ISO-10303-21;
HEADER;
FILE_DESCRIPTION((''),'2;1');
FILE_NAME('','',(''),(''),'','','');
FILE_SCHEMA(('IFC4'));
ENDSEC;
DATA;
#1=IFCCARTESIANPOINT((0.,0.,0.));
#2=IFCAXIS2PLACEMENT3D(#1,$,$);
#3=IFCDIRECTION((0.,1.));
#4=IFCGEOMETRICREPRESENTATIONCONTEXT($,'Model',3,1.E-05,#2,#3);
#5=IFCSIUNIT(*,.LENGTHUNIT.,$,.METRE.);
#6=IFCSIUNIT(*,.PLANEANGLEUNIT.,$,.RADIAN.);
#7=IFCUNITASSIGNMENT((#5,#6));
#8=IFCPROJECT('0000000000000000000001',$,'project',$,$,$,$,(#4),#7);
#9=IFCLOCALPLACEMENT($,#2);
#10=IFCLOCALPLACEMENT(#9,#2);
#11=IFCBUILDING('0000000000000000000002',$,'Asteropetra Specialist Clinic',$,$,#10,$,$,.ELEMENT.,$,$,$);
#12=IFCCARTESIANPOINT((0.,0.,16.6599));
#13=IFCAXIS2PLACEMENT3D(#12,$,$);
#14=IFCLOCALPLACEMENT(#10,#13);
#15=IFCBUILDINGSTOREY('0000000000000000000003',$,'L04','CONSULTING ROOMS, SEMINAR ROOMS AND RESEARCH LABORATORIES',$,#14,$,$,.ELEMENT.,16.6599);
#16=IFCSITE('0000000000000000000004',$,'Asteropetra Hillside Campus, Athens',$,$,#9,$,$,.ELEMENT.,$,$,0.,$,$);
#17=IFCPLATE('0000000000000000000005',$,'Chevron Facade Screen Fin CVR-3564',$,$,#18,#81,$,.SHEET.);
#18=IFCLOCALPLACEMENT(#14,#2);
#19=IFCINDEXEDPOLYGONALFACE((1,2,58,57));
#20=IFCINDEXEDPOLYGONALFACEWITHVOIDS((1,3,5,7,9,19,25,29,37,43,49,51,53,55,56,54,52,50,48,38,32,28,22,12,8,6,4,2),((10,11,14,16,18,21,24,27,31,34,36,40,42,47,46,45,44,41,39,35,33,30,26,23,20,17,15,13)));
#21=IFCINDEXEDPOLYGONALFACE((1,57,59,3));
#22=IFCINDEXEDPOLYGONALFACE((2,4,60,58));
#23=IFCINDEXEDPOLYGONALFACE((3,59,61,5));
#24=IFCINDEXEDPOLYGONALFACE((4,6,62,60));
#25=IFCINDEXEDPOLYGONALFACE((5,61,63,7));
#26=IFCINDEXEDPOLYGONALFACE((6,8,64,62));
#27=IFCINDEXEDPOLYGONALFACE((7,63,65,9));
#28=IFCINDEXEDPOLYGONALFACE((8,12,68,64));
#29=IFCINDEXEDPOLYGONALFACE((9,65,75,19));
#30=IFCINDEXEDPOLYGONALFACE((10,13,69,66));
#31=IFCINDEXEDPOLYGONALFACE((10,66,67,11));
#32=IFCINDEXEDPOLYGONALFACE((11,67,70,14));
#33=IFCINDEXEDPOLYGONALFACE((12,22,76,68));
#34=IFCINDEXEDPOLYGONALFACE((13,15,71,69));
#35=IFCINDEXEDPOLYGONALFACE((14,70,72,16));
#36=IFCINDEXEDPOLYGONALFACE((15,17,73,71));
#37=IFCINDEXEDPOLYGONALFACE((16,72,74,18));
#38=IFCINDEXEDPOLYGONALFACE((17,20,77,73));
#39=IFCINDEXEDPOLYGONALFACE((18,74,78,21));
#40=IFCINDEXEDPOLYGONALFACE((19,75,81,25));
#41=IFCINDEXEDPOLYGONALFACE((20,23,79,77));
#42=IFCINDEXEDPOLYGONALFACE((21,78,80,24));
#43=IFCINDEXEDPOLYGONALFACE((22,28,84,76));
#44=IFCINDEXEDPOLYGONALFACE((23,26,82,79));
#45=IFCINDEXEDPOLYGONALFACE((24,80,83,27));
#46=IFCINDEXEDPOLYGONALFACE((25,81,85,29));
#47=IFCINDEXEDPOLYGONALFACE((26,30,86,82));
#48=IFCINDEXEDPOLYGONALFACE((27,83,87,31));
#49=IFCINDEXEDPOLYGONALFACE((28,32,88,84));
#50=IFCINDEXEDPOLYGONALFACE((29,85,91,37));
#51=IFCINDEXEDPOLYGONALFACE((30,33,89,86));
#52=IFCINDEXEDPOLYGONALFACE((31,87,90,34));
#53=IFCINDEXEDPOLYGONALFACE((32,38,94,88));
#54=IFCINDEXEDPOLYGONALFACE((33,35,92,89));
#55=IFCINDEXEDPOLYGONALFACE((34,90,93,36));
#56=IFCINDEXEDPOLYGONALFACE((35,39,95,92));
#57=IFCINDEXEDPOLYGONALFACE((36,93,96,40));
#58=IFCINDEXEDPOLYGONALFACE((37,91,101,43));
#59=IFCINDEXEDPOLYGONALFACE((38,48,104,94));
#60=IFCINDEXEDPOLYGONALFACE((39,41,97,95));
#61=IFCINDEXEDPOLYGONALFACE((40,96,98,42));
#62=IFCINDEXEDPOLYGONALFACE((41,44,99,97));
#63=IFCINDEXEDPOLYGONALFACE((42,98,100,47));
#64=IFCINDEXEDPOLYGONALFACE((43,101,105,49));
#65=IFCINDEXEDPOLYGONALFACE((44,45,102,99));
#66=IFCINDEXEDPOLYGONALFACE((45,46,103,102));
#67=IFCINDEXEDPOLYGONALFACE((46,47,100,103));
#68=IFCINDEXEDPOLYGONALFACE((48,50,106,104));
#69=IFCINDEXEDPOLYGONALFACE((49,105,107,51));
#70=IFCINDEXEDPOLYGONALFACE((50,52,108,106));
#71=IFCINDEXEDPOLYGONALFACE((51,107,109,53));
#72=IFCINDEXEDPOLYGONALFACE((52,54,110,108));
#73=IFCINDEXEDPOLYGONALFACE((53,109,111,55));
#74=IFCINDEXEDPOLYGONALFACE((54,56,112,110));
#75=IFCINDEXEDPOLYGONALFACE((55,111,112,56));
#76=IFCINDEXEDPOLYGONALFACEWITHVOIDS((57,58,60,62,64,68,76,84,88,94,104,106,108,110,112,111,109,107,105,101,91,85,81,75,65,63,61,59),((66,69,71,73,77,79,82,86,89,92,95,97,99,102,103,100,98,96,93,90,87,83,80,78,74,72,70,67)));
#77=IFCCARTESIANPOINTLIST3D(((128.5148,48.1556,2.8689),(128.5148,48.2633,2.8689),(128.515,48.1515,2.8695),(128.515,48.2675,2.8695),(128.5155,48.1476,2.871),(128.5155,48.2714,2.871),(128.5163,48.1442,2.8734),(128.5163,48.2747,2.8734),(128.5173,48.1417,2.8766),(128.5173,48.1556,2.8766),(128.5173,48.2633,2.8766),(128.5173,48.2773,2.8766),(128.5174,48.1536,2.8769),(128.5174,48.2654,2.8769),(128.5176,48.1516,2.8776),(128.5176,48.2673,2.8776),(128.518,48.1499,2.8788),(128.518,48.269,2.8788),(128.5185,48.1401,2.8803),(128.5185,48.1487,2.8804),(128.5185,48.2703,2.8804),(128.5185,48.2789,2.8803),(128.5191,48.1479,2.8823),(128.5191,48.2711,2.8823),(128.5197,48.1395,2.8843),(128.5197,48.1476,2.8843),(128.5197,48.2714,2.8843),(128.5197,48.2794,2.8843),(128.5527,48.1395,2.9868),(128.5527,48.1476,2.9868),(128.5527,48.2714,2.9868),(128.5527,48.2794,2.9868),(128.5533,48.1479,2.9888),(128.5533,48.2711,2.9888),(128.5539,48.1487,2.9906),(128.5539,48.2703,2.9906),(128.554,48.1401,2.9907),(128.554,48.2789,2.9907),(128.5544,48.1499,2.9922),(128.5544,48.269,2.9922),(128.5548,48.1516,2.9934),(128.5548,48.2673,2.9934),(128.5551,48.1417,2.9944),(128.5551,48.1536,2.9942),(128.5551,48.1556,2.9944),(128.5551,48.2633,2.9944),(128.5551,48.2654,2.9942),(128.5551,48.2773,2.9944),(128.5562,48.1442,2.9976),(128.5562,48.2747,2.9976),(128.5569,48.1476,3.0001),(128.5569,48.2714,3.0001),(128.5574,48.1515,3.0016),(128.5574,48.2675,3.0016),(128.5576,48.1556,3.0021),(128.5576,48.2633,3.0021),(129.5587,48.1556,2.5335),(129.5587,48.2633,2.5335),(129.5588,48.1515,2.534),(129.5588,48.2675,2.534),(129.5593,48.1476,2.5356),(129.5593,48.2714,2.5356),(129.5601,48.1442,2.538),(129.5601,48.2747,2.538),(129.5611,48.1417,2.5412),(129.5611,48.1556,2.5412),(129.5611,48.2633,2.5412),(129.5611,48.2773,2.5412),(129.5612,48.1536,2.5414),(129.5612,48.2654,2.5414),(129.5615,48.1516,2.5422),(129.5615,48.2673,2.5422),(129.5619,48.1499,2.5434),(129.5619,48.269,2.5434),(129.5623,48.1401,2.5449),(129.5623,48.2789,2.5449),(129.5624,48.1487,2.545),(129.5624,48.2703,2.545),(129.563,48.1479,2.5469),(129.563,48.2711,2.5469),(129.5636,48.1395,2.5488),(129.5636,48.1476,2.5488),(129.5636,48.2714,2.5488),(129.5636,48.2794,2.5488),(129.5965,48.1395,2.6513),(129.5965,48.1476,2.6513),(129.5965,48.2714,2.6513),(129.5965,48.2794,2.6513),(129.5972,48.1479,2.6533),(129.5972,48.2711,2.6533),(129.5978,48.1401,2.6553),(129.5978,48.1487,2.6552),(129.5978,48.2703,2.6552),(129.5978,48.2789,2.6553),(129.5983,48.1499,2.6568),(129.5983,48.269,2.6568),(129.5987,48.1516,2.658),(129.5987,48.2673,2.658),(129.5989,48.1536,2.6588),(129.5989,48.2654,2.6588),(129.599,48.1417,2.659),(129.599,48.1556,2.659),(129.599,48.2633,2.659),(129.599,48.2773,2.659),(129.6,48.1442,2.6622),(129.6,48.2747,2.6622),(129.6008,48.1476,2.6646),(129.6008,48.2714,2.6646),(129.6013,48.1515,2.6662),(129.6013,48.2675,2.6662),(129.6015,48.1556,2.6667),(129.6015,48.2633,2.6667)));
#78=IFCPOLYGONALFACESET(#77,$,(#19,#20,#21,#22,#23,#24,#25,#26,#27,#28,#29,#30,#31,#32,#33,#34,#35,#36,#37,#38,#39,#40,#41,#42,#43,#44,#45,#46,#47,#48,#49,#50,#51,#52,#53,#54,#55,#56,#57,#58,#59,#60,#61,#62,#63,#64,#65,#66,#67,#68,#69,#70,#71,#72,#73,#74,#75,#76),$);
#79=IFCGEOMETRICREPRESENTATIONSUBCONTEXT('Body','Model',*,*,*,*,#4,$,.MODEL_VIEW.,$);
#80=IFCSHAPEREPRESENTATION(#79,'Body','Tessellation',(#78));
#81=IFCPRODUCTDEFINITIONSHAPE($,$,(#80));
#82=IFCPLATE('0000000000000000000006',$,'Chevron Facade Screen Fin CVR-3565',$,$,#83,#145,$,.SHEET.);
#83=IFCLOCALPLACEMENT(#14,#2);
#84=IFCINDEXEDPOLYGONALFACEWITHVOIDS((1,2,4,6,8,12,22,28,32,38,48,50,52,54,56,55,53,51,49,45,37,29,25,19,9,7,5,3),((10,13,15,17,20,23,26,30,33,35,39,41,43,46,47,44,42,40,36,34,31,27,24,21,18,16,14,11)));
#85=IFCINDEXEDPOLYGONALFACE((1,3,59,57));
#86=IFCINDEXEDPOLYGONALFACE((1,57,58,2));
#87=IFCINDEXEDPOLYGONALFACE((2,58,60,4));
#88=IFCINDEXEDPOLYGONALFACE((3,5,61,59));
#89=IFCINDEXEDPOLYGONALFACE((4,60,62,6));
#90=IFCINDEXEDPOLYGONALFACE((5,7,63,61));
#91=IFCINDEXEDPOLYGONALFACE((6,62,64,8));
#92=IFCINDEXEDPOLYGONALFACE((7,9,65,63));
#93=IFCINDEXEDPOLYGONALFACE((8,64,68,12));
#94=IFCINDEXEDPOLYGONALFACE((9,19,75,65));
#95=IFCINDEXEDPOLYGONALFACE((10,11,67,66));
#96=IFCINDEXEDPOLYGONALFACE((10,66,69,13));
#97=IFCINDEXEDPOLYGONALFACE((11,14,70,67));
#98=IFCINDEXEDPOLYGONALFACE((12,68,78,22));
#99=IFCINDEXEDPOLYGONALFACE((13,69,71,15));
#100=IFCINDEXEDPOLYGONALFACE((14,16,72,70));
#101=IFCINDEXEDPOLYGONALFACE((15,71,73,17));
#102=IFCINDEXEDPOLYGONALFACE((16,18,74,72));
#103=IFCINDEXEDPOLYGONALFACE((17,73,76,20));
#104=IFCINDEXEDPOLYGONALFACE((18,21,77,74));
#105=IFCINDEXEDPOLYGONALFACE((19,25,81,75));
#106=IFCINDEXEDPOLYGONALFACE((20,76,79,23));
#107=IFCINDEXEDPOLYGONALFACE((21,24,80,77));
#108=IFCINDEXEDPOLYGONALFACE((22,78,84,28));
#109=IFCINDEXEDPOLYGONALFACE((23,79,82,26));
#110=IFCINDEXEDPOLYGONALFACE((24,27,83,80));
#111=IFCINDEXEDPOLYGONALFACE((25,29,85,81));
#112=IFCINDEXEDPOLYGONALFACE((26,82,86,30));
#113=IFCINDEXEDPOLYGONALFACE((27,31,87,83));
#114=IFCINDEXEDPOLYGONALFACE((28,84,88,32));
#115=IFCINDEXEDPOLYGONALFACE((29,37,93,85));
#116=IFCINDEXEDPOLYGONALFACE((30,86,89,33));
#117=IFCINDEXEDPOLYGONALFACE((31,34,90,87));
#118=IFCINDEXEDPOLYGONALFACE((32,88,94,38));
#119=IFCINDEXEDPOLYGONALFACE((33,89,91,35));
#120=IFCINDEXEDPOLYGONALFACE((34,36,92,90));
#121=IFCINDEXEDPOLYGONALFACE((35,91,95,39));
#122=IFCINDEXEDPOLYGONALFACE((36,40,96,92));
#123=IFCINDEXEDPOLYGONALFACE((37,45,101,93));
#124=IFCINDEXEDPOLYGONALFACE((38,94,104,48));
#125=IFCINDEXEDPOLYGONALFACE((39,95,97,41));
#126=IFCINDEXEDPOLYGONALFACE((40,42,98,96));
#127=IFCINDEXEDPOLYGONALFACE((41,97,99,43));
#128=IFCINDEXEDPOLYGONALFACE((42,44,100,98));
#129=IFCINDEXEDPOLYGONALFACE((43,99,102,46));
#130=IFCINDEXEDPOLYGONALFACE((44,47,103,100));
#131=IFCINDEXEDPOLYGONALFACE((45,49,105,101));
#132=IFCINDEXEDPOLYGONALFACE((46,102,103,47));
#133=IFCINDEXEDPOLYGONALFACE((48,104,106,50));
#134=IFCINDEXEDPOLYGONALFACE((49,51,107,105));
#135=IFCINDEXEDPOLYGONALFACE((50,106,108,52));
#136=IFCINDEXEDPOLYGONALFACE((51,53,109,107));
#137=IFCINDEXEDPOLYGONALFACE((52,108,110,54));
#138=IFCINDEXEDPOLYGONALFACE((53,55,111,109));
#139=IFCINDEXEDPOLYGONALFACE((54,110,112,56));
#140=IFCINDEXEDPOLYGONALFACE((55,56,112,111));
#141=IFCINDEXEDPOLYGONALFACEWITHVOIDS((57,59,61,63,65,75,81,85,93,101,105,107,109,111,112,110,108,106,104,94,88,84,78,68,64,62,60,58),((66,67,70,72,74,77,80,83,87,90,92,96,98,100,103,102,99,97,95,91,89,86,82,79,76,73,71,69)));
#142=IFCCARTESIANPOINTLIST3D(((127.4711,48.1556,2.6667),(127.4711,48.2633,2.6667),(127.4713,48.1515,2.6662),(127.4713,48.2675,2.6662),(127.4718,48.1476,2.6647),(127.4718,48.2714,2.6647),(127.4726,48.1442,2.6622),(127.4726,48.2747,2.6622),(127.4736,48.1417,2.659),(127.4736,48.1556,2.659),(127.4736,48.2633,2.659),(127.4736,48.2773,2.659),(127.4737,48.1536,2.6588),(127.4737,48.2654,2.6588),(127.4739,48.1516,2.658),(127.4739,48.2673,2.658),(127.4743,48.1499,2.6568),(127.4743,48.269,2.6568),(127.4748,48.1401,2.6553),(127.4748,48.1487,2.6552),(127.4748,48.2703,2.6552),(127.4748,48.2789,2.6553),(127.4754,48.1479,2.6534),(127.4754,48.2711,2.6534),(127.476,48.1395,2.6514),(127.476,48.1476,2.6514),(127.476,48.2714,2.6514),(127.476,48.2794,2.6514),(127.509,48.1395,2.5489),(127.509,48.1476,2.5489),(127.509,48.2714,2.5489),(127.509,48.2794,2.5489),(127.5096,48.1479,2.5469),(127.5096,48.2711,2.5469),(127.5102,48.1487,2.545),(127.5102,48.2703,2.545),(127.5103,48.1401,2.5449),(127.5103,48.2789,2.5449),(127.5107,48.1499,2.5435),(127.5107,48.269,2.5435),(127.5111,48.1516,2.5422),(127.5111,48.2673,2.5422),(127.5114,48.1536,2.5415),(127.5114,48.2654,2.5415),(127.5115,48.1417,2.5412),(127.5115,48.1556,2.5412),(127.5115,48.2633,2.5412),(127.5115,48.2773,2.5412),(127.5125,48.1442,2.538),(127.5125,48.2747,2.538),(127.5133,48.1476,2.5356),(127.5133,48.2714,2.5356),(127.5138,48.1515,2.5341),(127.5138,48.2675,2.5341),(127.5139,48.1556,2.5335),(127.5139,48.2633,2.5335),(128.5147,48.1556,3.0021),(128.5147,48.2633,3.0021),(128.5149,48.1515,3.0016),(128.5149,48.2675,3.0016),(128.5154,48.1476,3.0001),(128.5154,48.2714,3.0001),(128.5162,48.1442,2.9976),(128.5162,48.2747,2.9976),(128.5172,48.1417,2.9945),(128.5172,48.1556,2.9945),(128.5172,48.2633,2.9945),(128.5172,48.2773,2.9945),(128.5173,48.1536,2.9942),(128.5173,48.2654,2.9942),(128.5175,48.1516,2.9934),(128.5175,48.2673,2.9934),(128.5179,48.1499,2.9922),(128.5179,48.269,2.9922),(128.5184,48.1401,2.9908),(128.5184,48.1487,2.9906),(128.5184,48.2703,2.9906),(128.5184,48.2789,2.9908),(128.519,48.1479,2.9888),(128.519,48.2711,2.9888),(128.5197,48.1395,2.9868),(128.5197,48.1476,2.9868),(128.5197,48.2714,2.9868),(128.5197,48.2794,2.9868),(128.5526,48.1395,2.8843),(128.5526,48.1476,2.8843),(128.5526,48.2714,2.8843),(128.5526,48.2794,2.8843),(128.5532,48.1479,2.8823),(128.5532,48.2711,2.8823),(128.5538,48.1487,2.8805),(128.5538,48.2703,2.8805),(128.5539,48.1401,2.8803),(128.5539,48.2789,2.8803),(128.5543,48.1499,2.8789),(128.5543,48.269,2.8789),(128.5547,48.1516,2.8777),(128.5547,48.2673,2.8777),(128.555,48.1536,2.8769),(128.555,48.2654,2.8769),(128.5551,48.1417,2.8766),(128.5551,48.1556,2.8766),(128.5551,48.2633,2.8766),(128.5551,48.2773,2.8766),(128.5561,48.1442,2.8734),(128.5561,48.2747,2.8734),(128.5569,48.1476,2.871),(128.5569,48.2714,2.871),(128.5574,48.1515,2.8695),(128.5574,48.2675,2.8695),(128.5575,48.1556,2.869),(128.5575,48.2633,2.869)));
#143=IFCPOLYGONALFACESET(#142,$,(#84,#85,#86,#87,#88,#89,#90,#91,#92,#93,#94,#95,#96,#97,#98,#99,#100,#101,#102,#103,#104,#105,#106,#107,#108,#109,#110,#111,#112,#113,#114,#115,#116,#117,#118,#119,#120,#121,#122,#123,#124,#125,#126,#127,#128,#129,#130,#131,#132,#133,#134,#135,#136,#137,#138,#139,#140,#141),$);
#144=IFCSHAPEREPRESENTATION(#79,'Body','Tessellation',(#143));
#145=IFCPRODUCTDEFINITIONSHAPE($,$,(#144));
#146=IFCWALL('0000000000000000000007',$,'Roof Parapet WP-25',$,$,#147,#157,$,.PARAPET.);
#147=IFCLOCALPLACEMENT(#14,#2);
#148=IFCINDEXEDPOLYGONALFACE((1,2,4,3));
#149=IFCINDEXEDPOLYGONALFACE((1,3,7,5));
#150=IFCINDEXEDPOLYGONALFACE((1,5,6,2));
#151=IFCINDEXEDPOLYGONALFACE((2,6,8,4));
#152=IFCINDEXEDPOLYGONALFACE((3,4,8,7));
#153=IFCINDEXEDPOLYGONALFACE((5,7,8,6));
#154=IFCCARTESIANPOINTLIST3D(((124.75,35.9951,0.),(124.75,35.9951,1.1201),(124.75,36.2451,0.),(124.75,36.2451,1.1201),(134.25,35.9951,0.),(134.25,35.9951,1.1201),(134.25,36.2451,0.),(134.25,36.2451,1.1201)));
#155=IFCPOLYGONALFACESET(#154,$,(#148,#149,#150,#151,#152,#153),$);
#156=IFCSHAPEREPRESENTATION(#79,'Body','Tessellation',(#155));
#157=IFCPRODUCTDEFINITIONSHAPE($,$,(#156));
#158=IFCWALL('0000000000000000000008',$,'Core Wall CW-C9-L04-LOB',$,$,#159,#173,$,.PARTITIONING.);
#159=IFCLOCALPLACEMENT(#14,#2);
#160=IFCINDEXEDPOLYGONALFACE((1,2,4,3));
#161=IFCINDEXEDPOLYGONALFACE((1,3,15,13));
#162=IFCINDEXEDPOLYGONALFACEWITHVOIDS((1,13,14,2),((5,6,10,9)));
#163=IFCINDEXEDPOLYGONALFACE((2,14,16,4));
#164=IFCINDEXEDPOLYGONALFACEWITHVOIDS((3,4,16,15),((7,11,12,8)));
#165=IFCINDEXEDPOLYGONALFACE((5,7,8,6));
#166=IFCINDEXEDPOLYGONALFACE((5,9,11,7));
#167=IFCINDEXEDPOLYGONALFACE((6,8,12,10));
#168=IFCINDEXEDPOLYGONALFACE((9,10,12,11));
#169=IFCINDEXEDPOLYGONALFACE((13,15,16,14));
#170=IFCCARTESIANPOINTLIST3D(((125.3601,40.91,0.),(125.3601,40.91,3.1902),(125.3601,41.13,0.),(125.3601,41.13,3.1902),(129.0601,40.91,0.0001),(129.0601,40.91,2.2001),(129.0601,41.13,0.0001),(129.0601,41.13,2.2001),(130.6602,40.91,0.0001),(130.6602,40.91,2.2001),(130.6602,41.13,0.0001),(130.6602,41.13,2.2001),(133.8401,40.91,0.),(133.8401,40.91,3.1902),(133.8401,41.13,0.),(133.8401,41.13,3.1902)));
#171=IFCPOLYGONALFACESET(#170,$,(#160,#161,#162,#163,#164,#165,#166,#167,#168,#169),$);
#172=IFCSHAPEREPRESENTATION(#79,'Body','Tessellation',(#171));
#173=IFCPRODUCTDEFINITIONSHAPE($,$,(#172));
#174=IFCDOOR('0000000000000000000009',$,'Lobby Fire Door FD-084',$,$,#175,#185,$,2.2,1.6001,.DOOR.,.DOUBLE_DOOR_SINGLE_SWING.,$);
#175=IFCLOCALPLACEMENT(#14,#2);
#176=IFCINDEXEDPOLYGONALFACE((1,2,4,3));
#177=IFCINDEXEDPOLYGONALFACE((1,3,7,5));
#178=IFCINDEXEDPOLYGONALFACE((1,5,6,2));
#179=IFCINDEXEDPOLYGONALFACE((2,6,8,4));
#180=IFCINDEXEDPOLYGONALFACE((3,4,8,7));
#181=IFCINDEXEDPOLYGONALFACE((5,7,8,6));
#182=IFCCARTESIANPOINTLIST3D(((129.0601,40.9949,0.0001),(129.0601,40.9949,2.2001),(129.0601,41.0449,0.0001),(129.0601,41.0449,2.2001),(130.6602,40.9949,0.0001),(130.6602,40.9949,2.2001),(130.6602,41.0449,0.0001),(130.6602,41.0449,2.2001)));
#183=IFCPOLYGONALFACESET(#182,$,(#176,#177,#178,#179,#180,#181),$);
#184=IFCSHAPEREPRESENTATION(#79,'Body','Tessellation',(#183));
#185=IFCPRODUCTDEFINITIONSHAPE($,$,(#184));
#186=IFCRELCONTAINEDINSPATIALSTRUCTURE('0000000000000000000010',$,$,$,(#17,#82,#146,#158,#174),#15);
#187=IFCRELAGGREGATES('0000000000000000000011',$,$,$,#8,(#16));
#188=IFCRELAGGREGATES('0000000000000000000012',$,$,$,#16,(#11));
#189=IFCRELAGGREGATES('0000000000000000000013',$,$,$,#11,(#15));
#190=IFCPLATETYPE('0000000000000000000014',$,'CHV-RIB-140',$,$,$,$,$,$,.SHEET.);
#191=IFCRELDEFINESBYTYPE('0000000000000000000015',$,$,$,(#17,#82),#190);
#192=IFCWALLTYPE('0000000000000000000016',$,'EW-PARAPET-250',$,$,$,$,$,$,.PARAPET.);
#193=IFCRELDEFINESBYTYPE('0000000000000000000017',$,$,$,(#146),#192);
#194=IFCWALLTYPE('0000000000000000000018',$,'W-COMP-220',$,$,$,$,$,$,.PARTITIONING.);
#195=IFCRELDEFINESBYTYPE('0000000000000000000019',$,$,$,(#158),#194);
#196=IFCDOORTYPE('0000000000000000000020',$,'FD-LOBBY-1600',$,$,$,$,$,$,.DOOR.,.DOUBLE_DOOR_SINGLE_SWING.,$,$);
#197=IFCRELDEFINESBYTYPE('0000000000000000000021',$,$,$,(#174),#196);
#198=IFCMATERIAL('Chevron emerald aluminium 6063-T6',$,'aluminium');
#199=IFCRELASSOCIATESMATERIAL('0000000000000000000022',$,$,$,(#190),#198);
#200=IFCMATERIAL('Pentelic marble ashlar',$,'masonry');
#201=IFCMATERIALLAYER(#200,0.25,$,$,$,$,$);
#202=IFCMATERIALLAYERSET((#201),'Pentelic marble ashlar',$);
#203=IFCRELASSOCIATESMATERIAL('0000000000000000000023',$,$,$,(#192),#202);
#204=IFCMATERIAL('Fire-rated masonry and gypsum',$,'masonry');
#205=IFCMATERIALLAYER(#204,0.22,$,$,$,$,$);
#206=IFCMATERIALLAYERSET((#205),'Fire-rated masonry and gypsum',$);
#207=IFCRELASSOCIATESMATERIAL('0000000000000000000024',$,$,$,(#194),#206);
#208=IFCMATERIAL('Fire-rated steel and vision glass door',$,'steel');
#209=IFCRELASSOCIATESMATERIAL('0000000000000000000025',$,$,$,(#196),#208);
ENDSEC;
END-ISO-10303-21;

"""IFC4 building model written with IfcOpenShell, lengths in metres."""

from ifc_helpers import new_model, si_unit, direction, frame, frame_2d, origin, origin_2d, place, context, subcontext, project, spatial, rectangle, hollow_rectangle, extrude, material, layer, layer_set, material_profile, profile_set, type_object, element, fill, save


model = new_model("IFC4")

# Units and contexts
model_context = context("Model", 3, precision=1e-05, world=origin(), true_north=direction((0.0, 1.0)))
body_context = subcontext(model_context, "Body", "Model", "MODEL_VIEW")
ifc_project = project(units=[si_unit("LENGTHUNIT", "METRE"), si_unit("PLANEANGLEUNIT", "RADIAN")], contexts=[model_context])

# Site, building, storey
site_placement = place(None, origin())
site = spatial("IfcSite", under=ifc_project, at=site_placement, Name="Asteropetra Hillside Campus, Athens", CompositionType="ELEMENT", RefElevation=0.0)
building_placement = place(site_placement, origin())
building = spatial("IfcBuilding", under=site, at=building_placement, Name="Asteropetra Specialist Clinic", CompositionType="ELEMENT")
storey_placement = place(building_placement, frame((0.0, 0.0, 16.6599)))
storey = spatial("IfcBuildingStorey", under=building, at=storey_placement, Name="L04", Description="CONSULTING ROOMS, SEMINAR ROOMS AND RESEARCH LABORATORIES", CompositionType="ELEMENT", Elevation=16.6599)

# Plates
ifc_material_1 = material(Name="Chevron emerald aluminium 6063-T6", Category="aluminium")
ifc_material_profile_1 = material_profile(ifc_material_1, hollow_rectangle(XDim=0.1399, YDim=0.1399, WallThickness=0.0081, InnerFilletRadius=0.0081, OuterFilletRadius=0.0161, at=origin_2d()), Name="SHS 140x140x8.0")
ifc_profile_set_1 = profile_set([ifc_material_profile_1], Name="Chevron emerald aluminium 6063-T6")
plate_type = type_object("IfcPlateType", Name="CHV-RIB-140", PredefinedType="SHEET", material=ifc_profile_set_1)
plate_1_placement = place(storey_placement, frame((129.5801, 48.2095, 2.6001), z_axis=(-0.952056, 0.0, 0.305923), x_axis=(0.0, -1.0, 0.0)))
element("IfcPlate", 1, at=plate_1_placement, inside=storey, type_object=plate_type, Name="Chevron Facade Screen Fin CVR-3564", PredefinedType="SHEET", context=body_context, shape_type="SweptSolid", body=[
    extrude(hollow_rectangle(XDim=0.1399, YDim=0.1399, WallThickness=0.0081, InnerFilletRadius=0.0081, OuterFilletRadius=0.0161, at=origin_2d()), origin(), (0.0, 0.0, 1.0), 1.0964),
])
plate_2_placement = place(storey_placement, frame((128.5361, 48.2095, 2.9355), z_axis=(-0.952036, 0.0, -0.305988), x_axis=(0.0, -1.0, 0.0)))
element("IfcPlate", 2, at=plate_2_placement, inside=storey, type_object=plate_type, Name="Chevron Facade Screen Fin CVR-3565", PredefinedType="SHEET", context=body_context, shape_type="SweptSolid", body=[
    extrude(hollow_rectangle(XDim=0.1399, YDim=0.1399, WallThickness=0.0081, InnerFilletRadius=0.0081, OuterFilletRadius=0.0161, at=origin_2d()), origin(), (0.0, 0.0, 1.0), 1.0962),
])

# Wall
ifc_material_2 = material(Name="Pentelic marble ashlar", Category="masonry")
ifc_layer_1 = layer(ifc_material_2, 0.25)
ifc_layer_set_1 = layer_set([ifc_layer_1], Name="Pentelic marble ashlar")
wall_type_1 = type_object("IfcWallType", Name="EW-PARAPET-250", PredefinedType="PARAPET", material=ifc_layer_set_1)
wall_1_placement = place(storey_placement, frame((124.75, 36.1201, 0.0), z_axis=(0.0, 0.0, 1.0), x_axis=(1.0, 0.0, 0.0)))
element("IfcWall", 3, at=wall_1_placement, inside=storey, type_object=wall_type_1, Name="Roof Parapet WP-25", PredefinedType="PARAPET", context=body_context, shape_type="SweptSolid", body=[
    extrude(rectangle(XDim=9.5, YDim=0.25, at=frame_2d((4.75, 0.0))), origin(), (0.0, 0.0, 1.0), 1.1201),
])

# Wall, opening, door
ifc_material_3 = material(Name="Fire-rated masonry and gypsum", Category="masonry")
ifc_layer_2 = layer(ifc_material_3, 0.22)
ifc_layer_set_2 = layer_set([ifc_layer_2], Name="Fire-rated masonry and gypsum")
wall_type_2 = type_object("IfcWallType", Name="W-COMP-220", PredefinedType="PARTITIONING", material=ifc_layer_set_2)
wall_2_placement = place(storey_placement, frame((125.3601, 41.02, 0.0), z_axis=(0.0, 0.0, 1.0), x_axis=(1.0, 0.0, 0.0)))
wall_2 = element("IfcWall", 4, at=wall_2_placement, inside=storey, type_object=wall_type_2, Name="Core Wall CW-C9-L04-LOB", PredefinedType="PARTITIONING", context=body_context, shape_type="SweptSolid", body=[
    extrude(rectangle(XDim=8.48, YDim=0.22, at=frame_2d((4.24, 0.0))), origin(), (0.0, 0.0, 1.0), 3.1902),
])
opening_1_placement = place(wall_2_placement, frame((3.7, 0.0, 0.0)))
opening_1 = element("IfcOpeningElement", 5, at=opening_1_placement, cuts=wall_2, PredefinedType="OPENING", context=body_context, shape_type="SweptSolid", body=[
    extrude(rectangle(XDim=1.6001, YDim=2.2, at=frame_2d((0.8, 1.1001))), frame((0.0, 0.1199, 0.0), z_axis=(0.0, -1.0, 0.0), x_axis=(1.0, 0.0, 0.0)), (0.0, 0.0, 1.0), 0.24),
])
ifc_material_4 = material(Name="Fire-rated steel and vision glass door", Category="steel")
door_type_1 = type_object("IfcDoorType", Name="FD-LOBBY-1600", OperationType="DOUBLE_DOOR_SINGLE_SWING", PredefinedType="DOOR", material=ifc_material_4)
door_1_placement = place(opening_1_placement, origin())
door_1 = element("IfcDoor", 6, at=door_1_placement, inside=storey, type_object=door_type_1, Name="Lobby Fire Door FD-084", OperationType="DOUBLE_DOOR_SINGLE_SWING", OverallHeight=2.2, OverallWidth=1.6001, PredefinedType="DOOR", context=body_context, shape_type="SweptSolid", body=[
    extrude(rectangle(XDim=1.6001, YDim=2.2, at=frame_2d((0.8, 1.1001))), frame((0.0, 0.0249, 0.0), z_axis=(0.0, -1.0, 0.0), x_axis=(1.0, 0.0, 0.0)), (0.0, 0.0, 1.0), 0.05),
])
fill(opening_1, door_1)

save(model, "model.ifc")
